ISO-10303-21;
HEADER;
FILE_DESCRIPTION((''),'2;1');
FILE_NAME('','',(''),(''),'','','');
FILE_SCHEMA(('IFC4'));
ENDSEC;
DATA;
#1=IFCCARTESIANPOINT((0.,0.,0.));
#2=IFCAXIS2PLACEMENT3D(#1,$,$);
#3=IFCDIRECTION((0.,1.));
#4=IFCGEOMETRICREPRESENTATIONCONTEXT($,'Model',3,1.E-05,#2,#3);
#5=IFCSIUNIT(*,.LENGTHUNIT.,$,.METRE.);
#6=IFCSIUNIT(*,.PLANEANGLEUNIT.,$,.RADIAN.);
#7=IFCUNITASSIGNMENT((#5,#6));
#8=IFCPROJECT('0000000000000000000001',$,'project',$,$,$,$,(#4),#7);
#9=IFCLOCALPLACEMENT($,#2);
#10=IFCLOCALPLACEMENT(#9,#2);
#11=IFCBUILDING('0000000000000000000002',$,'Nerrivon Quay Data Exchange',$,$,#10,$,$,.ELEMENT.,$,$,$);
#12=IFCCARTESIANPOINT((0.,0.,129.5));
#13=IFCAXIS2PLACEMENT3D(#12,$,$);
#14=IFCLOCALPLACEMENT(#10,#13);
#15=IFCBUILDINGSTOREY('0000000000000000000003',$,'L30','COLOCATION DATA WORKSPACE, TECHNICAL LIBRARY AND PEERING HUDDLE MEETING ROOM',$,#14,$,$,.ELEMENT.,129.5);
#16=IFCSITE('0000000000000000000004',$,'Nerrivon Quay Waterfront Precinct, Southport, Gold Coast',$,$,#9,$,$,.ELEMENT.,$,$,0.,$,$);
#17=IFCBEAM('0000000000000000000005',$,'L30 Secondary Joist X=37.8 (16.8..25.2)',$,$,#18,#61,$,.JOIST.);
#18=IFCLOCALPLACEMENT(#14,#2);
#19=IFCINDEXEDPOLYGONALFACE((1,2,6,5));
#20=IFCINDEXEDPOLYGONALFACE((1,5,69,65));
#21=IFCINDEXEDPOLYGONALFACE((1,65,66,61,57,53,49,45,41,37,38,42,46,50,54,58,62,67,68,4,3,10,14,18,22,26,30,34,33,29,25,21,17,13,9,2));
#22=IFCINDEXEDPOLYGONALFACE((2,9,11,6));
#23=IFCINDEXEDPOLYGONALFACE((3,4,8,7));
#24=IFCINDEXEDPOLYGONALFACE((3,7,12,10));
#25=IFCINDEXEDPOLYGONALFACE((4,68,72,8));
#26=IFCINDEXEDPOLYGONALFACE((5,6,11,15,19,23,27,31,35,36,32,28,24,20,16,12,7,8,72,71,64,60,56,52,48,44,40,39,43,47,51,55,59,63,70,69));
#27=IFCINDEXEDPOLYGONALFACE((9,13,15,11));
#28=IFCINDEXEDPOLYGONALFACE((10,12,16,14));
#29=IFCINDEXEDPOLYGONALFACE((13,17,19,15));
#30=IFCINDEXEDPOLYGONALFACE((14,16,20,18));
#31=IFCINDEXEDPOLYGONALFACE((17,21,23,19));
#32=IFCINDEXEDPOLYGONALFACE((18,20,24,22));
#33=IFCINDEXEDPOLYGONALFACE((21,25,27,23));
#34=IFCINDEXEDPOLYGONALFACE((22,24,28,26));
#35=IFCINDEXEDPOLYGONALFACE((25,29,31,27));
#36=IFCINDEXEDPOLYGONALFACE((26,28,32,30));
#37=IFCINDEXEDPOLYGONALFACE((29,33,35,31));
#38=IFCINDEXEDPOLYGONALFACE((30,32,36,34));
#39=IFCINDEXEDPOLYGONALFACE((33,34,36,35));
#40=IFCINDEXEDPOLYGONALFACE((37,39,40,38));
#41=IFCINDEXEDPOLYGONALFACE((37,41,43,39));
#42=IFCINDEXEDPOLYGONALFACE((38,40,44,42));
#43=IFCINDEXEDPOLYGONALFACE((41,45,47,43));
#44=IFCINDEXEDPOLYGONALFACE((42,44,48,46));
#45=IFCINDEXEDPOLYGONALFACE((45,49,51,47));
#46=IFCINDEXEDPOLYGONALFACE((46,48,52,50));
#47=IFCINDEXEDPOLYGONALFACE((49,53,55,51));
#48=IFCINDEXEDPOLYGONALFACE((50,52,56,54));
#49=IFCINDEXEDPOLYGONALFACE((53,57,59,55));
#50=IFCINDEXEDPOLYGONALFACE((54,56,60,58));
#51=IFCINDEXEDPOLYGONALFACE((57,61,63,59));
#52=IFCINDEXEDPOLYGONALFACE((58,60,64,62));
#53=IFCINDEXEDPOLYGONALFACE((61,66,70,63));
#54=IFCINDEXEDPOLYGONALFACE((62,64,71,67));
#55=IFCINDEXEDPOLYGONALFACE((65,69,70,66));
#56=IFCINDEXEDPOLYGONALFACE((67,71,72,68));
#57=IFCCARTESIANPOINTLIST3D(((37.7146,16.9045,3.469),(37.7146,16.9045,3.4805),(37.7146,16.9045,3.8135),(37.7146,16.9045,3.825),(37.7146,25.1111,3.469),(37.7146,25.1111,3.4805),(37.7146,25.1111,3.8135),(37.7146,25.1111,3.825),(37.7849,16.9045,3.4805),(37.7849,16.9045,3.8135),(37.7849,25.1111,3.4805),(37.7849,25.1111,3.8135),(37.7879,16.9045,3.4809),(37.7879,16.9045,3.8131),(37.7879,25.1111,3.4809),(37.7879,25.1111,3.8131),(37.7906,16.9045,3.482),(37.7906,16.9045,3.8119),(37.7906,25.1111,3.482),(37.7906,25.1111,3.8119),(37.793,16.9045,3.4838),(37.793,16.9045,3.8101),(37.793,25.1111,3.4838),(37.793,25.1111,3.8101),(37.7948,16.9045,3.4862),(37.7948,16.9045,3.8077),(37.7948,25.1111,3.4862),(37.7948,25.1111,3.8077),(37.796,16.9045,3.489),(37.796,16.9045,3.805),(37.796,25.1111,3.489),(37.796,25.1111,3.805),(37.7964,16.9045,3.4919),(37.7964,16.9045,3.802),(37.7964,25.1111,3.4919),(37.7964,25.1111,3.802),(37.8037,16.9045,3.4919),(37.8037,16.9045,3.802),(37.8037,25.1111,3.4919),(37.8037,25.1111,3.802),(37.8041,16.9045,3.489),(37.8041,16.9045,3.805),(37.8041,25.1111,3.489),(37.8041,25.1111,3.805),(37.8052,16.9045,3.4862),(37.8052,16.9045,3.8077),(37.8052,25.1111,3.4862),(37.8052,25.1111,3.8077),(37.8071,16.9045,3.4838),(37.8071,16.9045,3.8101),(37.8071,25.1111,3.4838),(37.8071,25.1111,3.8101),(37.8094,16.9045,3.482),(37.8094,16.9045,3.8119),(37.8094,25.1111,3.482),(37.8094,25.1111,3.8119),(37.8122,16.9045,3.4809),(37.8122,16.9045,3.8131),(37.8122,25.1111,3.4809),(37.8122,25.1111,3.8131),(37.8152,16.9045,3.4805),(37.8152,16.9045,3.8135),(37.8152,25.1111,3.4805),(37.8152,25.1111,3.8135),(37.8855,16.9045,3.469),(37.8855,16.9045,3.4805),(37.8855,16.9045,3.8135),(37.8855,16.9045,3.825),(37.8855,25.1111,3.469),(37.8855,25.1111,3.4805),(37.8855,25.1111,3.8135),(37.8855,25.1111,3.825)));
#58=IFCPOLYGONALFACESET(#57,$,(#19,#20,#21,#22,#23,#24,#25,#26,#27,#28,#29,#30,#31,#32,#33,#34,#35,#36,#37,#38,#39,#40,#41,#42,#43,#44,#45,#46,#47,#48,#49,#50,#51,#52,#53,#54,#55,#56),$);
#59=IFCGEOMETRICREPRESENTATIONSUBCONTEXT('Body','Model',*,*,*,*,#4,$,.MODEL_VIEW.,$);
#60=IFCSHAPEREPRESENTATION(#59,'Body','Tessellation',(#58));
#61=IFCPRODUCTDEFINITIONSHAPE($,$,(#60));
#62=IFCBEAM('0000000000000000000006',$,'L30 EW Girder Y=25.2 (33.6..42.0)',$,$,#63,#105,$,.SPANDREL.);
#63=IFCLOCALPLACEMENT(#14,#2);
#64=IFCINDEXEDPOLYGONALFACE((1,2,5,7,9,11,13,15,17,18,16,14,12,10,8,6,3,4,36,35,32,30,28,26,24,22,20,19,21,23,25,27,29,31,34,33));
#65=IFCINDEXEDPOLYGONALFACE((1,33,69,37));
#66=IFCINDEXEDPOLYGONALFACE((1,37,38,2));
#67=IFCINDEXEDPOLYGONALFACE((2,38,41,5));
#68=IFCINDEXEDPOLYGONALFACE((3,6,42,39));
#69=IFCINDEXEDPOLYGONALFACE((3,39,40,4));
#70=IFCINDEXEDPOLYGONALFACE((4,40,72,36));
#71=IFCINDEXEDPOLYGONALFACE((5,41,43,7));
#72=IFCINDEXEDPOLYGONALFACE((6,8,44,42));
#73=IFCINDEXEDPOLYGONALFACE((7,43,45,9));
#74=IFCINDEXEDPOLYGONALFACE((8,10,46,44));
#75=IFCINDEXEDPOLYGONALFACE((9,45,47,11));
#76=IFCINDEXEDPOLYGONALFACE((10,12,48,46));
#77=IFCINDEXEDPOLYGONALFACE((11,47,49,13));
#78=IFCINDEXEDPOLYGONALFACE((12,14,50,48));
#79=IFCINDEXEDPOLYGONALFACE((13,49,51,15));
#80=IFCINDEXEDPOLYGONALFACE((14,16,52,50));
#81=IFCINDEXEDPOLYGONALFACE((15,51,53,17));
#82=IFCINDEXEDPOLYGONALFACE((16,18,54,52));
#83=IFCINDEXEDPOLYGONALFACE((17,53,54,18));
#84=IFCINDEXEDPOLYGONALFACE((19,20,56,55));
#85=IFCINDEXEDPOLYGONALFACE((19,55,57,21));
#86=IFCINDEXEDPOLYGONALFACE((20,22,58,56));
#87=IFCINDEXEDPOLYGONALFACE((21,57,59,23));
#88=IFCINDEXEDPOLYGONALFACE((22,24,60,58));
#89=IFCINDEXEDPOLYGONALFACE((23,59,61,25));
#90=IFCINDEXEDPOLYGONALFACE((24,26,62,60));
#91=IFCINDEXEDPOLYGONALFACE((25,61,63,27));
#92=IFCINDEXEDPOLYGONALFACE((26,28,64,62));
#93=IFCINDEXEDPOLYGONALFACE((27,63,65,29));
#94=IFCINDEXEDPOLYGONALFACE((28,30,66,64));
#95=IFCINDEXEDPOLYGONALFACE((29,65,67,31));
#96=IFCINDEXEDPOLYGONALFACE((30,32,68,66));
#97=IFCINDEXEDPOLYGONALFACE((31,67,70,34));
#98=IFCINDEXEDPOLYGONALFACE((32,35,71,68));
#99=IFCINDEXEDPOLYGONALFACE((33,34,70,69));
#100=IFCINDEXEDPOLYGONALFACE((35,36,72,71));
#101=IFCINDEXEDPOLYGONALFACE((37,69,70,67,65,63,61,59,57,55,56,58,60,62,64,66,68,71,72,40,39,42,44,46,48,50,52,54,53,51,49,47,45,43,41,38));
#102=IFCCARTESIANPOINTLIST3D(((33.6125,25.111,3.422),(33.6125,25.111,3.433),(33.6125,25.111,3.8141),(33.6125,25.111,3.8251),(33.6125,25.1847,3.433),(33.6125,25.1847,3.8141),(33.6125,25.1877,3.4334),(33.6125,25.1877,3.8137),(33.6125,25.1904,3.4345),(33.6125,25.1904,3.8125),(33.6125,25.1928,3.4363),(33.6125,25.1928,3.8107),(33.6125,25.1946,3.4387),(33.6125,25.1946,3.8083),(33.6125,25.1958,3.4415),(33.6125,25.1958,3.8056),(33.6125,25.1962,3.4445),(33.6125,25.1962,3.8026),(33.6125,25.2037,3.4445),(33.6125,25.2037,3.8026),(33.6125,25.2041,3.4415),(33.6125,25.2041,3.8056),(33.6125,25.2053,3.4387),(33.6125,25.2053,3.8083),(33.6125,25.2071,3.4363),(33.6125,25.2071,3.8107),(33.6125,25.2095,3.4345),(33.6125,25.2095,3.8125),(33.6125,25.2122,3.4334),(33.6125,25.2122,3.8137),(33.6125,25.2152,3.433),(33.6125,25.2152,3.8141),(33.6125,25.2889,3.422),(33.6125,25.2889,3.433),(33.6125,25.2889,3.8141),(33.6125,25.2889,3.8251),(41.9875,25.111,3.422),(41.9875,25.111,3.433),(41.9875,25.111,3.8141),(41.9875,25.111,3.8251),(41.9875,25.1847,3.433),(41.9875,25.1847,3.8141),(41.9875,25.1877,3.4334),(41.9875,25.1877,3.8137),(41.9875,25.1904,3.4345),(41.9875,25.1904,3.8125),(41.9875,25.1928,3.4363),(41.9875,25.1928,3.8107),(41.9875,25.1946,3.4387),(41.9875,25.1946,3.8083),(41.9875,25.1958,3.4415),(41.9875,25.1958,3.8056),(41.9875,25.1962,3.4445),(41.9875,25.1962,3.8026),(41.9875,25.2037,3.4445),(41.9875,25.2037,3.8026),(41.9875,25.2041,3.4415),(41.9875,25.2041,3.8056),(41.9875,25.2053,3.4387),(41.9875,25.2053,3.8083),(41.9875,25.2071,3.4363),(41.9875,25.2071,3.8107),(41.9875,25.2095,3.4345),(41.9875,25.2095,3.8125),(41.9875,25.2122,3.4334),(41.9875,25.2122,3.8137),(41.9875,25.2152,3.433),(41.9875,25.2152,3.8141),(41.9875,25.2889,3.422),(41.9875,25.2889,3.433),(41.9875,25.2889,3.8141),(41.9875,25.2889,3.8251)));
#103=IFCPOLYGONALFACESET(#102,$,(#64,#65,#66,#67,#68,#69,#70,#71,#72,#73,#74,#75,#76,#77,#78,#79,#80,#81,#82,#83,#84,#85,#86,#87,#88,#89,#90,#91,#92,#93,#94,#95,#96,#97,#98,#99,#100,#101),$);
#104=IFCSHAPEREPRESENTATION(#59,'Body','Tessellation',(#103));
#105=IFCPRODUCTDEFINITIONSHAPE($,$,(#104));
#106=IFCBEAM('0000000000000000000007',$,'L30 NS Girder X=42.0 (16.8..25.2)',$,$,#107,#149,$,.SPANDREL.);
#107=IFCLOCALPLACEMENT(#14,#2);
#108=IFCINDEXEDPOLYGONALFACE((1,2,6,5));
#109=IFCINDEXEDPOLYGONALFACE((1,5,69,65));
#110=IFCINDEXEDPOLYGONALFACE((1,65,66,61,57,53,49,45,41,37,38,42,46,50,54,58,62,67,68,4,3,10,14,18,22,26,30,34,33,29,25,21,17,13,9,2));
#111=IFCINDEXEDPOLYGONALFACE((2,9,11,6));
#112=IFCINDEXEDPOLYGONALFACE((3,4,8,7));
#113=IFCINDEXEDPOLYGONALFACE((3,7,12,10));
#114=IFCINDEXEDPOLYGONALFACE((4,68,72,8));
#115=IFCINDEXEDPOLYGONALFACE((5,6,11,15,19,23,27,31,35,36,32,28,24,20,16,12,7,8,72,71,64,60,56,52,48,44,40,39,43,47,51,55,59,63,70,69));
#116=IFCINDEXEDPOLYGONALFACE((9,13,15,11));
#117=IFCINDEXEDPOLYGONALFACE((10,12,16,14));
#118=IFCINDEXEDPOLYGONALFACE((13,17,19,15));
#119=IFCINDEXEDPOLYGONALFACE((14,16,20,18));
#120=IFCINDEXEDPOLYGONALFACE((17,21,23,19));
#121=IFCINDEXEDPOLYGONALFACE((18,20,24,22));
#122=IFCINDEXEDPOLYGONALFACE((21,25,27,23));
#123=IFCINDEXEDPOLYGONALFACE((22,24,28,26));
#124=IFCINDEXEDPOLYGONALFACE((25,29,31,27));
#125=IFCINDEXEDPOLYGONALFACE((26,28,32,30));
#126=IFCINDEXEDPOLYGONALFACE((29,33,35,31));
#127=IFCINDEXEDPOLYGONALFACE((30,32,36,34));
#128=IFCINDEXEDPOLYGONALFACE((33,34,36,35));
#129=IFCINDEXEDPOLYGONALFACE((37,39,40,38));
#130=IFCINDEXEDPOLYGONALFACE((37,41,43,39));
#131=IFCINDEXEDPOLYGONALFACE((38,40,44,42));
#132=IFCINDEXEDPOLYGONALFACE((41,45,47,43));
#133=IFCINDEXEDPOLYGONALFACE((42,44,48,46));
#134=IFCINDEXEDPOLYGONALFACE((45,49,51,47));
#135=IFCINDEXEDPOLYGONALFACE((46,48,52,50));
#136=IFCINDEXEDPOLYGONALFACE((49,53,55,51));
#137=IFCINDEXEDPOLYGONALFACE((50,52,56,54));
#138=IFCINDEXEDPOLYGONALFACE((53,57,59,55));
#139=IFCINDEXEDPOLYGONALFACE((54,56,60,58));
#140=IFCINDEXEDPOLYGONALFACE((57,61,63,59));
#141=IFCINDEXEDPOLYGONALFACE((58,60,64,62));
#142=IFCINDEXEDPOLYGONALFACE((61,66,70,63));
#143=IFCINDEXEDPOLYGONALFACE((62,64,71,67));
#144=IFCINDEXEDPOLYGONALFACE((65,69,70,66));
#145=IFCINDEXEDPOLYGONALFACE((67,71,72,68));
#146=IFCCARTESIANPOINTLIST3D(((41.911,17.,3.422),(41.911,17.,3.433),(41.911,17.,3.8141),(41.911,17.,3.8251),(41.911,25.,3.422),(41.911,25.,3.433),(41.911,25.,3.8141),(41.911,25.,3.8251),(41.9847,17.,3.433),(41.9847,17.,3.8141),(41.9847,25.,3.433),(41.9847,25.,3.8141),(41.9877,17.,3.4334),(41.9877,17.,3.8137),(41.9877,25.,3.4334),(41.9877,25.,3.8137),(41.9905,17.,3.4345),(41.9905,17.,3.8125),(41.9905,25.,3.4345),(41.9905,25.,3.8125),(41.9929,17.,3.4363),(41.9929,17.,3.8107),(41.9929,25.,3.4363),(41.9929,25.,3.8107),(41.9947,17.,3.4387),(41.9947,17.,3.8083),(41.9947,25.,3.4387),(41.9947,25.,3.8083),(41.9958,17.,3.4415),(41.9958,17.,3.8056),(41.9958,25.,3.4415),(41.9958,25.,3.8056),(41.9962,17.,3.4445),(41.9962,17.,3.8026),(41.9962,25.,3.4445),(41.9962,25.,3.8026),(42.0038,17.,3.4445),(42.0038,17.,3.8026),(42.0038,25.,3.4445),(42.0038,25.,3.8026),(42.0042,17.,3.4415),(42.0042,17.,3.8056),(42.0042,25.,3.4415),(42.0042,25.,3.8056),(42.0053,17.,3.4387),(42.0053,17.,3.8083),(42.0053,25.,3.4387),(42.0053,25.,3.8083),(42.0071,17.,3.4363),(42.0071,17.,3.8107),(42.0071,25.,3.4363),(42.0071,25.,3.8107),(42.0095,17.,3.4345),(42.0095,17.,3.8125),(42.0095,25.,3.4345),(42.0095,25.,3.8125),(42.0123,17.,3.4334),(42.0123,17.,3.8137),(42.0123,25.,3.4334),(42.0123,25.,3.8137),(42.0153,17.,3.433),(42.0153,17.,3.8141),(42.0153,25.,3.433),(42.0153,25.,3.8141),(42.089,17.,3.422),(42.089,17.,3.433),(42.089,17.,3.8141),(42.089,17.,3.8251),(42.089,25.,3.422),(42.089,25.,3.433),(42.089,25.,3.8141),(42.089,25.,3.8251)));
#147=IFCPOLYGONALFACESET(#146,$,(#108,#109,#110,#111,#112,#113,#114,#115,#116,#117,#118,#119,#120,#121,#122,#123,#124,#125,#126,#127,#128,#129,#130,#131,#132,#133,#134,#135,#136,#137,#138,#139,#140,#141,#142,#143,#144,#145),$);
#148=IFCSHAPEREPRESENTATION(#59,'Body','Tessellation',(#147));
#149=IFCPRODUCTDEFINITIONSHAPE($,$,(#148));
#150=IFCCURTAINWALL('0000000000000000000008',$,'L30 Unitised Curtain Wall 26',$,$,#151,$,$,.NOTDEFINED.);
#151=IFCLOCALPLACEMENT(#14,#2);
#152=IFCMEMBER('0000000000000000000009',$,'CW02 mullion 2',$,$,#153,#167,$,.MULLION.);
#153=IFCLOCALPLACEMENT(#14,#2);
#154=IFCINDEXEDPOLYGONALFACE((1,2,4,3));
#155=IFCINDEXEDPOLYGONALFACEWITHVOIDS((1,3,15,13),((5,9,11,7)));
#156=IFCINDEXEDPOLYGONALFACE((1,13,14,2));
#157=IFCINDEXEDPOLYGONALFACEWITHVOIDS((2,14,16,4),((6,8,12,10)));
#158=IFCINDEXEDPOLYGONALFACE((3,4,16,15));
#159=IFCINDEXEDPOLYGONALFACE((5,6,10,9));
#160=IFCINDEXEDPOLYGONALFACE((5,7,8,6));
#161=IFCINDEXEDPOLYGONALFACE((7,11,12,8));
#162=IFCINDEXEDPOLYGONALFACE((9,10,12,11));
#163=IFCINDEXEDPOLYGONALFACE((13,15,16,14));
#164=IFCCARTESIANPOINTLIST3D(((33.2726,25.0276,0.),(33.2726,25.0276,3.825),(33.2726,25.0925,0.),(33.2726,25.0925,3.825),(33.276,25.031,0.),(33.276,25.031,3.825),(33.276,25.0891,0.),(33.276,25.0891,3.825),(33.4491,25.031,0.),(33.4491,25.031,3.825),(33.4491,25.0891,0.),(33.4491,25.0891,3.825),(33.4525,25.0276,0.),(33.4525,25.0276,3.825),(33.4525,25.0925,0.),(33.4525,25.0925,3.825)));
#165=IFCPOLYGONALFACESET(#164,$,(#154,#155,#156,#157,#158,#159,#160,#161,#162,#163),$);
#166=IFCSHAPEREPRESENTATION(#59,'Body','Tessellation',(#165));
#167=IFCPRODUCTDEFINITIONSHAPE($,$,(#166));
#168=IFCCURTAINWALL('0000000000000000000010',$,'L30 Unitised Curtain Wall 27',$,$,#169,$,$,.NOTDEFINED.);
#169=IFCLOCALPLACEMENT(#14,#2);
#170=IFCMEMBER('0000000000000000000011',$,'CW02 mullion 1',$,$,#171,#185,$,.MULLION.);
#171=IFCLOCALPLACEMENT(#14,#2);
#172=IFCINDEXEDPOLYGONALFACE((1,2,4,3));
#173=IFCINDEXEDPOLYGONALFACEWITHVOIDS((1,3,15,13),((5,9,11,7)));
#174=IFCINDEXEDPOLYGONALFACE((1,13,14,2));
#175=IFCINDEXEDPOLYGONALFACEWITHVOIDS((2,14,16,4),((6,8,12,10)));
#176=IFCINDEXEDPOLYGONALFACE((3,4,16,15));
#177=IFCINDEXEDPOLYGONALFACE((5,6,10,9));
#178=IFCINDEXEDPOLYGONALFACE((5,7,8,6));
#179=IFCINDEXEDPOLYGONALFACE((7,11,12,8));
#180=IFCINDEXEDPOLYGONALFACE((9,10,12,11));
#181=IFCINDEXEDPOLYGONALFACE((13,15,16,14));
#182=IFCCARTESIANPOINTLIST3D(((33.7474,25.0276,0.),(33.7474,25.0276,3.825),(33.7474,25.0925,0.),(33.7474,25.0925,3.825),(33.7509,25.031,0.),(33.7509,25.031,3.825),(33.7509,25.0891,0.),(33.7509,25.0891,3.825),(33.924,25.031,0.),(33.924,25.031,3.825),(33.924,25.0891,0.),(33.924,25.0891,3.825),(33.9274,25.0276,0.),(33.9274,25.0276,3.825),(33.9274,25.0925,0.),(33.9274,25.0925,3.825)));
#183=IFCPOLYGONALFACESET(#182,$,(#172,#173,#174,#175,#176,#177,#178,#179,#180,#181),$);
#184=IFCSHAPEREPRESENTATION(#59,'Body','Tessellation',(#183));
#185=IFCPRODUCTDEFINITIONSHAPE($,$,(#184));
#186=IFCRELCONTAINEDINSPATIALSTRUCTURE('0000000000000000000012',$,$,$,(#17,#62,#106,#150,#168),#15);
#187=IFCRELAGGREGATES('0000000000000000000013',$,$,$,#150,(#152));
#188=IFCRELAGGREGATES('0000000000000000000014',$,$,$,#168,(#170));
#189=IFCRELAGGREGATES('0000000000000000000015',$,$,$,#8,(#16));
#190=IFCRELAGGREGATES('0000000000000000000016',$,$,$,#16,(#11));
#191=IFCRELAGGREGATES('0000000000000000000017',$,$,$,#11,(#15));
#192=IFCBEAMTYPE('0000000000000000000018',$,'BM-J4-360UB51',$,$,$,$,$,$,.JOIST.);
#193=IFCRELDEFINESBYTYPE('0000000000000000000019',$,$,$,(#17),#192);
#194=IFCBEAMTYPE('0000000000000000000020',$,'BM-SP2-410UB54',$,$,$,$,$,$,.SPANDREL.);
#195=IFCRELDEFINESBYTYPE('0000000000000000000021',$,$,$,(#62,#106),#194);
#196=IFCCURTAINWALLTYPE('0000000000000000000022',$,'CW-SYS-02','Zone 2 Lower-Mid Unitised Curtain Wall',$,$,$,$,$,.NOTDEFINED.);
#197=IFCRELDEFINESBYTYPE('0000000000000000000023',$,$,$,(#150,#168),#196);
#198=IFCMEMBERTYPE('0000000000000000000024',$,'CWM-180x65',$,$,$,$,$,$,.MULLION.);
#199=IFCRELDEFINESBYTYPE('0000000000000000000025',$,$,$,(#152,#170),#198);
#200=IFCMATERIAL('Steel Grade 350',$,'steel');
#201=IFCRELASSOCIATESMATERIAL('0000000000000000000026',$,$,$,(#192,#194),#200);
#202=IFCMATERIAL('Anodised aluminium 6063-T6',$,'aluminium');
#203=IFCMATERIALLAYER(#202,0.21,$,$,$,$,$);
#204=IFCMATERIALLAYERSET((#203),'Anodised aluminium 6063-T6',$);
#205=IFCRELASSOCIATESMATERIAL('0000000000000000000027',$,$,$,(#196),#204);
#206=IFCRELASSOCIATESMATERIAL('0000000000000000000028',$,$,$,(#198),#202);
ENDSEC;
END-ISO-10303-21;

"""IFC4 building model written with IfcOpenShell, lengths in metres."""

from ifc_helpers import new_model, si_unit, direction, frame, origin, origin_2d, place, context, subcontext, project, spatial, hollow_rectangle, i_section, extrude, material, layer, layer_set, material_profile, profile_set, type_object, element, aggregate, save


model = new_model("IFC4")

# Units and contexts
model_context = context("Model", 3, precision=1e-05, world=origin(), true_north=direction((0.0, 1.0)))
body_context = subcontext(model_context, "Body", "Model", "MODEL_VIEW")
ifc_project = project(units=[si_unit("LENGTHUNIT", "METRE"), si_unit("PLANEANGLEUNIT", "RADIAN")], contexts=[model_context])

# Site, building, storey
site_placement = place(None, origin())
site = spatial("IfcSite", under=ifc_project, at=site_placement, Name="Nerrivon Quay Waterfront Precinct, Southport, Gold Coast", CompositionType="ELEMENT", RefElevation=0.0)
building_placement = place(site_placement, origin())
building = spatial("IfcBuilding", under=site, at=building_placement, Name="Nerrivon Quay Data Exchange", CompositionType="ELEMENT")
storey_placement = place(building_placement, frame((0.0, 0.0, 129.5)))
storey = spatial("IfcBuildingStorey", under=building, at=storey_placement, Name="L30", Description="COLOCATION DATA WORKSPACE, TECHNICAL LIBRARY AND PEERING HUDDLE MEETING ROOM", CompositionType="ELEMENT", Elevation=129.5)

# Shared definitions
ifc_material_1 = material(Name="Steel Grade 350", Category="steel")

# Beams
ifc_material_profile_1 = material_profile(ifc_material_1, i_section(OverallWidth=0.1709, OverallDepth=0.356, WebThickness=0.0073, FlangeThickness=0.0115, FilletRadius=0.0115, at=origin_2d()), Name="360UB50.7")
ifc_profile_set_1 = profile_set([ifc_material_profile_1], Name="Steel Grade 350")
beam_type_1 = type_object("IfcBeamType", Name="BM-J4-360UB51", PredefinedType="JOIST", material=ifc_profile_set_1)
for number, where, z_axis, x_axis, name in (
    (1, (37.8, 16.9045, 3.647), (0.0, 1.0, 0.0), (-1.0, 0.0, 0.0), "L30 Secondary Joist X=37.8 (16.8..25.2)"),
):
    element("IfcBeam", number, at=place(storey_placement, frame(where, z_axis=z_axis, x_axis=x_axis)), inside=storey, type_object=beam_type_1, Name=name, PredefinedType="JOIST", context=body_context, shape_type="SweptSolid", body=[
        extrude(i_section(OverallWidth=0.1709, OverallDepth=0.356, WebThickness=0.0073, FlangeThickness=0.0115, FilletRadius=0.0115, at=origin_2d()), origin(), (0.0, 0.0, 1.0), 8.2065),
    ])
ifc_material_profile_2 = material_profile(ifc_material_1, i_section(OverallWidth=0.178, OverallDepth=0.4031, WebThickness=0.0076, FlangeThickness=0.011, FilletRadius=0.0115, at=origin_2d()), Name="410UB53.7")
ifc_profile_set_2 = profile_set([ifc_material_profile_2], Name="Steel Grade 350")
beam_type_2 = type_object("IfcBeamType", Name="BM-SP2-410UB54", PredefinedType="SPANDREL", material=ifc_profile_set_2)
beam_1_placement = place(storey_placement, frame((33.6125, 25.2, 3.6235), z_axis=(1.0, 0.0, 0.0), x_axis=(0.0, 1.0, 0.0)))
element("IfcBeam", 2, at=beam_1_placement, inside=storey, type_object=beam_type_2, Name="L30 EW Girder Y=25.2 (33.6..42.0)", PredefinedType="SPANDREL", context=body_context, shape_type="SweptSolid", body=[
    extrude(i_section(OverallWidth=0.178, OverallDepth=0.4031, WebThickness=0.0076, FlangeThickness=0.011, FilletRadius=0.0115, at=origin_2d()), origin(), (0.0, 0.0, 1.0), 8.375),
])
beam_2_placement = place(storey_placement, frame((42.0, 17.0, 3.6235), z_axis=(0.0, 1.0, 0.0), x_axis=(-1.0, 0.0, 0.0)))
element("IfcBeam", 3, at=beam_2_placement, inside=storey, type_object=beam_type_2, Name="L30 NS Girder X=42.0 (16.8..25.2)", PredefinedType="SPANDREL", context=body_context, shape_type="SweptSolid", body=[
    extrude(i_section(OverallWidth=0.178, OverallDepth=0.4031, WebThickness=0.0076, FlangeThickness=0.011, FilletRadius=0.0115, at=origin_2d()), origin(), (0.0, 0.0, 1.0), 8.0),
])

# Curtain wall, member
ifc_material_2 = material(Name="Anodised aluminium 6063-T6", Category="aluminium")
ifc_layer_1 = layer(ifc_material_2, 0.21)
ifc_layer_set_1 = layer_set([ifc_layer_1], Name="Anodised aluminium 6063-T6")
curtain_wall_type = type_object("IfcCurtainWallType", Name="CW-SYS-02", Description="Zone 2 Lower-Mid Unitised Curtain Wall", PredefinedType="NOTDEFINED", material=ifc_layer_set_1)
curtain_wall_1_placement = place(storey_placement, origin())
curtain_wall_1 = element("IfcCurtainWall", 4, at=curtain_wall_1_placement, inside=storey, type_object=curtain_wall_type, Name="L30 Unitised Curtain Wall 26", PredefinedType="NOTDEFINED")
ifc_material_profile_3 = material_profile(ifc_material_2, hollow_rectangle(XDim=0.0649, YDim=0.1799, WallThickness=0.0034, at=origin_2d()), Name="ALU-MULL-180x65")
ifc_profile_set_3 = profile_set([ifc_material_profile_3], Name="Anodised aluminium 6063-T6")
member_type_1 = type_object("IfcMemberType", Name="CWM-180x65", PredefinedType="MULLION", material=ifc_profile_set_3)
member_1_placement = place(storey_placement, frame((33.3625, 25.0601, 0.0), z_axis=(0.0, 0.0, 1.0), x_axis=(0.0, 1.0, 0.0)))
member_1 = element("IfcMember", 5, at=member_1_placement, type_object=member_type_1, Name="CW02 mullion 2", PredefinedType="MULLION", context=body_context, shape_type="SweptSolid", body=[
    extrude(hollow_rectangle(XDim=0.0649, YDim=0.1799, WallThickness=0.0034, at=origin_2d()), origin(), (0.0, 0.0, 1.0), 3.825),
])

# Curtain wall, member
curtain_wall_2_placement = place(storey_placement, origin())
curtain_wall_2 = element("IfcCurtainWall", 6, at=curtain_wall_2_placement, inside=storey, type_object=curtain_wall_type, Name="L30 Unitised Curtain Wall 27", PredefinedType="NOTDEFINED")
member_2_placement = place(storey_placement, frame((33.8374, 25.0601, 0.0), z_axis=(0.0, 0.0, 1.0), x_axis=(0.0, 1.0, 0.0)))
member_2 = element("IfcMember", 7, at=member_2_placement, type_object=member_type_1, Name="CW02 mullion 1", PredefinedType="MULLION", context=body_context, shape_type="SweptSolid", body=[
    extrude(hollow_rectangle(XDim=0.0649, YDim=0.1799, WallThickness=0.0034, at=origin_2d()), origin(), (0.0, 0.0, 1.0), 3.825),
])

aggregate(curtain_wall_1, [member_1])
aggregate(curtain_wall_2, [member_2])

save(model, "model.ifc")
